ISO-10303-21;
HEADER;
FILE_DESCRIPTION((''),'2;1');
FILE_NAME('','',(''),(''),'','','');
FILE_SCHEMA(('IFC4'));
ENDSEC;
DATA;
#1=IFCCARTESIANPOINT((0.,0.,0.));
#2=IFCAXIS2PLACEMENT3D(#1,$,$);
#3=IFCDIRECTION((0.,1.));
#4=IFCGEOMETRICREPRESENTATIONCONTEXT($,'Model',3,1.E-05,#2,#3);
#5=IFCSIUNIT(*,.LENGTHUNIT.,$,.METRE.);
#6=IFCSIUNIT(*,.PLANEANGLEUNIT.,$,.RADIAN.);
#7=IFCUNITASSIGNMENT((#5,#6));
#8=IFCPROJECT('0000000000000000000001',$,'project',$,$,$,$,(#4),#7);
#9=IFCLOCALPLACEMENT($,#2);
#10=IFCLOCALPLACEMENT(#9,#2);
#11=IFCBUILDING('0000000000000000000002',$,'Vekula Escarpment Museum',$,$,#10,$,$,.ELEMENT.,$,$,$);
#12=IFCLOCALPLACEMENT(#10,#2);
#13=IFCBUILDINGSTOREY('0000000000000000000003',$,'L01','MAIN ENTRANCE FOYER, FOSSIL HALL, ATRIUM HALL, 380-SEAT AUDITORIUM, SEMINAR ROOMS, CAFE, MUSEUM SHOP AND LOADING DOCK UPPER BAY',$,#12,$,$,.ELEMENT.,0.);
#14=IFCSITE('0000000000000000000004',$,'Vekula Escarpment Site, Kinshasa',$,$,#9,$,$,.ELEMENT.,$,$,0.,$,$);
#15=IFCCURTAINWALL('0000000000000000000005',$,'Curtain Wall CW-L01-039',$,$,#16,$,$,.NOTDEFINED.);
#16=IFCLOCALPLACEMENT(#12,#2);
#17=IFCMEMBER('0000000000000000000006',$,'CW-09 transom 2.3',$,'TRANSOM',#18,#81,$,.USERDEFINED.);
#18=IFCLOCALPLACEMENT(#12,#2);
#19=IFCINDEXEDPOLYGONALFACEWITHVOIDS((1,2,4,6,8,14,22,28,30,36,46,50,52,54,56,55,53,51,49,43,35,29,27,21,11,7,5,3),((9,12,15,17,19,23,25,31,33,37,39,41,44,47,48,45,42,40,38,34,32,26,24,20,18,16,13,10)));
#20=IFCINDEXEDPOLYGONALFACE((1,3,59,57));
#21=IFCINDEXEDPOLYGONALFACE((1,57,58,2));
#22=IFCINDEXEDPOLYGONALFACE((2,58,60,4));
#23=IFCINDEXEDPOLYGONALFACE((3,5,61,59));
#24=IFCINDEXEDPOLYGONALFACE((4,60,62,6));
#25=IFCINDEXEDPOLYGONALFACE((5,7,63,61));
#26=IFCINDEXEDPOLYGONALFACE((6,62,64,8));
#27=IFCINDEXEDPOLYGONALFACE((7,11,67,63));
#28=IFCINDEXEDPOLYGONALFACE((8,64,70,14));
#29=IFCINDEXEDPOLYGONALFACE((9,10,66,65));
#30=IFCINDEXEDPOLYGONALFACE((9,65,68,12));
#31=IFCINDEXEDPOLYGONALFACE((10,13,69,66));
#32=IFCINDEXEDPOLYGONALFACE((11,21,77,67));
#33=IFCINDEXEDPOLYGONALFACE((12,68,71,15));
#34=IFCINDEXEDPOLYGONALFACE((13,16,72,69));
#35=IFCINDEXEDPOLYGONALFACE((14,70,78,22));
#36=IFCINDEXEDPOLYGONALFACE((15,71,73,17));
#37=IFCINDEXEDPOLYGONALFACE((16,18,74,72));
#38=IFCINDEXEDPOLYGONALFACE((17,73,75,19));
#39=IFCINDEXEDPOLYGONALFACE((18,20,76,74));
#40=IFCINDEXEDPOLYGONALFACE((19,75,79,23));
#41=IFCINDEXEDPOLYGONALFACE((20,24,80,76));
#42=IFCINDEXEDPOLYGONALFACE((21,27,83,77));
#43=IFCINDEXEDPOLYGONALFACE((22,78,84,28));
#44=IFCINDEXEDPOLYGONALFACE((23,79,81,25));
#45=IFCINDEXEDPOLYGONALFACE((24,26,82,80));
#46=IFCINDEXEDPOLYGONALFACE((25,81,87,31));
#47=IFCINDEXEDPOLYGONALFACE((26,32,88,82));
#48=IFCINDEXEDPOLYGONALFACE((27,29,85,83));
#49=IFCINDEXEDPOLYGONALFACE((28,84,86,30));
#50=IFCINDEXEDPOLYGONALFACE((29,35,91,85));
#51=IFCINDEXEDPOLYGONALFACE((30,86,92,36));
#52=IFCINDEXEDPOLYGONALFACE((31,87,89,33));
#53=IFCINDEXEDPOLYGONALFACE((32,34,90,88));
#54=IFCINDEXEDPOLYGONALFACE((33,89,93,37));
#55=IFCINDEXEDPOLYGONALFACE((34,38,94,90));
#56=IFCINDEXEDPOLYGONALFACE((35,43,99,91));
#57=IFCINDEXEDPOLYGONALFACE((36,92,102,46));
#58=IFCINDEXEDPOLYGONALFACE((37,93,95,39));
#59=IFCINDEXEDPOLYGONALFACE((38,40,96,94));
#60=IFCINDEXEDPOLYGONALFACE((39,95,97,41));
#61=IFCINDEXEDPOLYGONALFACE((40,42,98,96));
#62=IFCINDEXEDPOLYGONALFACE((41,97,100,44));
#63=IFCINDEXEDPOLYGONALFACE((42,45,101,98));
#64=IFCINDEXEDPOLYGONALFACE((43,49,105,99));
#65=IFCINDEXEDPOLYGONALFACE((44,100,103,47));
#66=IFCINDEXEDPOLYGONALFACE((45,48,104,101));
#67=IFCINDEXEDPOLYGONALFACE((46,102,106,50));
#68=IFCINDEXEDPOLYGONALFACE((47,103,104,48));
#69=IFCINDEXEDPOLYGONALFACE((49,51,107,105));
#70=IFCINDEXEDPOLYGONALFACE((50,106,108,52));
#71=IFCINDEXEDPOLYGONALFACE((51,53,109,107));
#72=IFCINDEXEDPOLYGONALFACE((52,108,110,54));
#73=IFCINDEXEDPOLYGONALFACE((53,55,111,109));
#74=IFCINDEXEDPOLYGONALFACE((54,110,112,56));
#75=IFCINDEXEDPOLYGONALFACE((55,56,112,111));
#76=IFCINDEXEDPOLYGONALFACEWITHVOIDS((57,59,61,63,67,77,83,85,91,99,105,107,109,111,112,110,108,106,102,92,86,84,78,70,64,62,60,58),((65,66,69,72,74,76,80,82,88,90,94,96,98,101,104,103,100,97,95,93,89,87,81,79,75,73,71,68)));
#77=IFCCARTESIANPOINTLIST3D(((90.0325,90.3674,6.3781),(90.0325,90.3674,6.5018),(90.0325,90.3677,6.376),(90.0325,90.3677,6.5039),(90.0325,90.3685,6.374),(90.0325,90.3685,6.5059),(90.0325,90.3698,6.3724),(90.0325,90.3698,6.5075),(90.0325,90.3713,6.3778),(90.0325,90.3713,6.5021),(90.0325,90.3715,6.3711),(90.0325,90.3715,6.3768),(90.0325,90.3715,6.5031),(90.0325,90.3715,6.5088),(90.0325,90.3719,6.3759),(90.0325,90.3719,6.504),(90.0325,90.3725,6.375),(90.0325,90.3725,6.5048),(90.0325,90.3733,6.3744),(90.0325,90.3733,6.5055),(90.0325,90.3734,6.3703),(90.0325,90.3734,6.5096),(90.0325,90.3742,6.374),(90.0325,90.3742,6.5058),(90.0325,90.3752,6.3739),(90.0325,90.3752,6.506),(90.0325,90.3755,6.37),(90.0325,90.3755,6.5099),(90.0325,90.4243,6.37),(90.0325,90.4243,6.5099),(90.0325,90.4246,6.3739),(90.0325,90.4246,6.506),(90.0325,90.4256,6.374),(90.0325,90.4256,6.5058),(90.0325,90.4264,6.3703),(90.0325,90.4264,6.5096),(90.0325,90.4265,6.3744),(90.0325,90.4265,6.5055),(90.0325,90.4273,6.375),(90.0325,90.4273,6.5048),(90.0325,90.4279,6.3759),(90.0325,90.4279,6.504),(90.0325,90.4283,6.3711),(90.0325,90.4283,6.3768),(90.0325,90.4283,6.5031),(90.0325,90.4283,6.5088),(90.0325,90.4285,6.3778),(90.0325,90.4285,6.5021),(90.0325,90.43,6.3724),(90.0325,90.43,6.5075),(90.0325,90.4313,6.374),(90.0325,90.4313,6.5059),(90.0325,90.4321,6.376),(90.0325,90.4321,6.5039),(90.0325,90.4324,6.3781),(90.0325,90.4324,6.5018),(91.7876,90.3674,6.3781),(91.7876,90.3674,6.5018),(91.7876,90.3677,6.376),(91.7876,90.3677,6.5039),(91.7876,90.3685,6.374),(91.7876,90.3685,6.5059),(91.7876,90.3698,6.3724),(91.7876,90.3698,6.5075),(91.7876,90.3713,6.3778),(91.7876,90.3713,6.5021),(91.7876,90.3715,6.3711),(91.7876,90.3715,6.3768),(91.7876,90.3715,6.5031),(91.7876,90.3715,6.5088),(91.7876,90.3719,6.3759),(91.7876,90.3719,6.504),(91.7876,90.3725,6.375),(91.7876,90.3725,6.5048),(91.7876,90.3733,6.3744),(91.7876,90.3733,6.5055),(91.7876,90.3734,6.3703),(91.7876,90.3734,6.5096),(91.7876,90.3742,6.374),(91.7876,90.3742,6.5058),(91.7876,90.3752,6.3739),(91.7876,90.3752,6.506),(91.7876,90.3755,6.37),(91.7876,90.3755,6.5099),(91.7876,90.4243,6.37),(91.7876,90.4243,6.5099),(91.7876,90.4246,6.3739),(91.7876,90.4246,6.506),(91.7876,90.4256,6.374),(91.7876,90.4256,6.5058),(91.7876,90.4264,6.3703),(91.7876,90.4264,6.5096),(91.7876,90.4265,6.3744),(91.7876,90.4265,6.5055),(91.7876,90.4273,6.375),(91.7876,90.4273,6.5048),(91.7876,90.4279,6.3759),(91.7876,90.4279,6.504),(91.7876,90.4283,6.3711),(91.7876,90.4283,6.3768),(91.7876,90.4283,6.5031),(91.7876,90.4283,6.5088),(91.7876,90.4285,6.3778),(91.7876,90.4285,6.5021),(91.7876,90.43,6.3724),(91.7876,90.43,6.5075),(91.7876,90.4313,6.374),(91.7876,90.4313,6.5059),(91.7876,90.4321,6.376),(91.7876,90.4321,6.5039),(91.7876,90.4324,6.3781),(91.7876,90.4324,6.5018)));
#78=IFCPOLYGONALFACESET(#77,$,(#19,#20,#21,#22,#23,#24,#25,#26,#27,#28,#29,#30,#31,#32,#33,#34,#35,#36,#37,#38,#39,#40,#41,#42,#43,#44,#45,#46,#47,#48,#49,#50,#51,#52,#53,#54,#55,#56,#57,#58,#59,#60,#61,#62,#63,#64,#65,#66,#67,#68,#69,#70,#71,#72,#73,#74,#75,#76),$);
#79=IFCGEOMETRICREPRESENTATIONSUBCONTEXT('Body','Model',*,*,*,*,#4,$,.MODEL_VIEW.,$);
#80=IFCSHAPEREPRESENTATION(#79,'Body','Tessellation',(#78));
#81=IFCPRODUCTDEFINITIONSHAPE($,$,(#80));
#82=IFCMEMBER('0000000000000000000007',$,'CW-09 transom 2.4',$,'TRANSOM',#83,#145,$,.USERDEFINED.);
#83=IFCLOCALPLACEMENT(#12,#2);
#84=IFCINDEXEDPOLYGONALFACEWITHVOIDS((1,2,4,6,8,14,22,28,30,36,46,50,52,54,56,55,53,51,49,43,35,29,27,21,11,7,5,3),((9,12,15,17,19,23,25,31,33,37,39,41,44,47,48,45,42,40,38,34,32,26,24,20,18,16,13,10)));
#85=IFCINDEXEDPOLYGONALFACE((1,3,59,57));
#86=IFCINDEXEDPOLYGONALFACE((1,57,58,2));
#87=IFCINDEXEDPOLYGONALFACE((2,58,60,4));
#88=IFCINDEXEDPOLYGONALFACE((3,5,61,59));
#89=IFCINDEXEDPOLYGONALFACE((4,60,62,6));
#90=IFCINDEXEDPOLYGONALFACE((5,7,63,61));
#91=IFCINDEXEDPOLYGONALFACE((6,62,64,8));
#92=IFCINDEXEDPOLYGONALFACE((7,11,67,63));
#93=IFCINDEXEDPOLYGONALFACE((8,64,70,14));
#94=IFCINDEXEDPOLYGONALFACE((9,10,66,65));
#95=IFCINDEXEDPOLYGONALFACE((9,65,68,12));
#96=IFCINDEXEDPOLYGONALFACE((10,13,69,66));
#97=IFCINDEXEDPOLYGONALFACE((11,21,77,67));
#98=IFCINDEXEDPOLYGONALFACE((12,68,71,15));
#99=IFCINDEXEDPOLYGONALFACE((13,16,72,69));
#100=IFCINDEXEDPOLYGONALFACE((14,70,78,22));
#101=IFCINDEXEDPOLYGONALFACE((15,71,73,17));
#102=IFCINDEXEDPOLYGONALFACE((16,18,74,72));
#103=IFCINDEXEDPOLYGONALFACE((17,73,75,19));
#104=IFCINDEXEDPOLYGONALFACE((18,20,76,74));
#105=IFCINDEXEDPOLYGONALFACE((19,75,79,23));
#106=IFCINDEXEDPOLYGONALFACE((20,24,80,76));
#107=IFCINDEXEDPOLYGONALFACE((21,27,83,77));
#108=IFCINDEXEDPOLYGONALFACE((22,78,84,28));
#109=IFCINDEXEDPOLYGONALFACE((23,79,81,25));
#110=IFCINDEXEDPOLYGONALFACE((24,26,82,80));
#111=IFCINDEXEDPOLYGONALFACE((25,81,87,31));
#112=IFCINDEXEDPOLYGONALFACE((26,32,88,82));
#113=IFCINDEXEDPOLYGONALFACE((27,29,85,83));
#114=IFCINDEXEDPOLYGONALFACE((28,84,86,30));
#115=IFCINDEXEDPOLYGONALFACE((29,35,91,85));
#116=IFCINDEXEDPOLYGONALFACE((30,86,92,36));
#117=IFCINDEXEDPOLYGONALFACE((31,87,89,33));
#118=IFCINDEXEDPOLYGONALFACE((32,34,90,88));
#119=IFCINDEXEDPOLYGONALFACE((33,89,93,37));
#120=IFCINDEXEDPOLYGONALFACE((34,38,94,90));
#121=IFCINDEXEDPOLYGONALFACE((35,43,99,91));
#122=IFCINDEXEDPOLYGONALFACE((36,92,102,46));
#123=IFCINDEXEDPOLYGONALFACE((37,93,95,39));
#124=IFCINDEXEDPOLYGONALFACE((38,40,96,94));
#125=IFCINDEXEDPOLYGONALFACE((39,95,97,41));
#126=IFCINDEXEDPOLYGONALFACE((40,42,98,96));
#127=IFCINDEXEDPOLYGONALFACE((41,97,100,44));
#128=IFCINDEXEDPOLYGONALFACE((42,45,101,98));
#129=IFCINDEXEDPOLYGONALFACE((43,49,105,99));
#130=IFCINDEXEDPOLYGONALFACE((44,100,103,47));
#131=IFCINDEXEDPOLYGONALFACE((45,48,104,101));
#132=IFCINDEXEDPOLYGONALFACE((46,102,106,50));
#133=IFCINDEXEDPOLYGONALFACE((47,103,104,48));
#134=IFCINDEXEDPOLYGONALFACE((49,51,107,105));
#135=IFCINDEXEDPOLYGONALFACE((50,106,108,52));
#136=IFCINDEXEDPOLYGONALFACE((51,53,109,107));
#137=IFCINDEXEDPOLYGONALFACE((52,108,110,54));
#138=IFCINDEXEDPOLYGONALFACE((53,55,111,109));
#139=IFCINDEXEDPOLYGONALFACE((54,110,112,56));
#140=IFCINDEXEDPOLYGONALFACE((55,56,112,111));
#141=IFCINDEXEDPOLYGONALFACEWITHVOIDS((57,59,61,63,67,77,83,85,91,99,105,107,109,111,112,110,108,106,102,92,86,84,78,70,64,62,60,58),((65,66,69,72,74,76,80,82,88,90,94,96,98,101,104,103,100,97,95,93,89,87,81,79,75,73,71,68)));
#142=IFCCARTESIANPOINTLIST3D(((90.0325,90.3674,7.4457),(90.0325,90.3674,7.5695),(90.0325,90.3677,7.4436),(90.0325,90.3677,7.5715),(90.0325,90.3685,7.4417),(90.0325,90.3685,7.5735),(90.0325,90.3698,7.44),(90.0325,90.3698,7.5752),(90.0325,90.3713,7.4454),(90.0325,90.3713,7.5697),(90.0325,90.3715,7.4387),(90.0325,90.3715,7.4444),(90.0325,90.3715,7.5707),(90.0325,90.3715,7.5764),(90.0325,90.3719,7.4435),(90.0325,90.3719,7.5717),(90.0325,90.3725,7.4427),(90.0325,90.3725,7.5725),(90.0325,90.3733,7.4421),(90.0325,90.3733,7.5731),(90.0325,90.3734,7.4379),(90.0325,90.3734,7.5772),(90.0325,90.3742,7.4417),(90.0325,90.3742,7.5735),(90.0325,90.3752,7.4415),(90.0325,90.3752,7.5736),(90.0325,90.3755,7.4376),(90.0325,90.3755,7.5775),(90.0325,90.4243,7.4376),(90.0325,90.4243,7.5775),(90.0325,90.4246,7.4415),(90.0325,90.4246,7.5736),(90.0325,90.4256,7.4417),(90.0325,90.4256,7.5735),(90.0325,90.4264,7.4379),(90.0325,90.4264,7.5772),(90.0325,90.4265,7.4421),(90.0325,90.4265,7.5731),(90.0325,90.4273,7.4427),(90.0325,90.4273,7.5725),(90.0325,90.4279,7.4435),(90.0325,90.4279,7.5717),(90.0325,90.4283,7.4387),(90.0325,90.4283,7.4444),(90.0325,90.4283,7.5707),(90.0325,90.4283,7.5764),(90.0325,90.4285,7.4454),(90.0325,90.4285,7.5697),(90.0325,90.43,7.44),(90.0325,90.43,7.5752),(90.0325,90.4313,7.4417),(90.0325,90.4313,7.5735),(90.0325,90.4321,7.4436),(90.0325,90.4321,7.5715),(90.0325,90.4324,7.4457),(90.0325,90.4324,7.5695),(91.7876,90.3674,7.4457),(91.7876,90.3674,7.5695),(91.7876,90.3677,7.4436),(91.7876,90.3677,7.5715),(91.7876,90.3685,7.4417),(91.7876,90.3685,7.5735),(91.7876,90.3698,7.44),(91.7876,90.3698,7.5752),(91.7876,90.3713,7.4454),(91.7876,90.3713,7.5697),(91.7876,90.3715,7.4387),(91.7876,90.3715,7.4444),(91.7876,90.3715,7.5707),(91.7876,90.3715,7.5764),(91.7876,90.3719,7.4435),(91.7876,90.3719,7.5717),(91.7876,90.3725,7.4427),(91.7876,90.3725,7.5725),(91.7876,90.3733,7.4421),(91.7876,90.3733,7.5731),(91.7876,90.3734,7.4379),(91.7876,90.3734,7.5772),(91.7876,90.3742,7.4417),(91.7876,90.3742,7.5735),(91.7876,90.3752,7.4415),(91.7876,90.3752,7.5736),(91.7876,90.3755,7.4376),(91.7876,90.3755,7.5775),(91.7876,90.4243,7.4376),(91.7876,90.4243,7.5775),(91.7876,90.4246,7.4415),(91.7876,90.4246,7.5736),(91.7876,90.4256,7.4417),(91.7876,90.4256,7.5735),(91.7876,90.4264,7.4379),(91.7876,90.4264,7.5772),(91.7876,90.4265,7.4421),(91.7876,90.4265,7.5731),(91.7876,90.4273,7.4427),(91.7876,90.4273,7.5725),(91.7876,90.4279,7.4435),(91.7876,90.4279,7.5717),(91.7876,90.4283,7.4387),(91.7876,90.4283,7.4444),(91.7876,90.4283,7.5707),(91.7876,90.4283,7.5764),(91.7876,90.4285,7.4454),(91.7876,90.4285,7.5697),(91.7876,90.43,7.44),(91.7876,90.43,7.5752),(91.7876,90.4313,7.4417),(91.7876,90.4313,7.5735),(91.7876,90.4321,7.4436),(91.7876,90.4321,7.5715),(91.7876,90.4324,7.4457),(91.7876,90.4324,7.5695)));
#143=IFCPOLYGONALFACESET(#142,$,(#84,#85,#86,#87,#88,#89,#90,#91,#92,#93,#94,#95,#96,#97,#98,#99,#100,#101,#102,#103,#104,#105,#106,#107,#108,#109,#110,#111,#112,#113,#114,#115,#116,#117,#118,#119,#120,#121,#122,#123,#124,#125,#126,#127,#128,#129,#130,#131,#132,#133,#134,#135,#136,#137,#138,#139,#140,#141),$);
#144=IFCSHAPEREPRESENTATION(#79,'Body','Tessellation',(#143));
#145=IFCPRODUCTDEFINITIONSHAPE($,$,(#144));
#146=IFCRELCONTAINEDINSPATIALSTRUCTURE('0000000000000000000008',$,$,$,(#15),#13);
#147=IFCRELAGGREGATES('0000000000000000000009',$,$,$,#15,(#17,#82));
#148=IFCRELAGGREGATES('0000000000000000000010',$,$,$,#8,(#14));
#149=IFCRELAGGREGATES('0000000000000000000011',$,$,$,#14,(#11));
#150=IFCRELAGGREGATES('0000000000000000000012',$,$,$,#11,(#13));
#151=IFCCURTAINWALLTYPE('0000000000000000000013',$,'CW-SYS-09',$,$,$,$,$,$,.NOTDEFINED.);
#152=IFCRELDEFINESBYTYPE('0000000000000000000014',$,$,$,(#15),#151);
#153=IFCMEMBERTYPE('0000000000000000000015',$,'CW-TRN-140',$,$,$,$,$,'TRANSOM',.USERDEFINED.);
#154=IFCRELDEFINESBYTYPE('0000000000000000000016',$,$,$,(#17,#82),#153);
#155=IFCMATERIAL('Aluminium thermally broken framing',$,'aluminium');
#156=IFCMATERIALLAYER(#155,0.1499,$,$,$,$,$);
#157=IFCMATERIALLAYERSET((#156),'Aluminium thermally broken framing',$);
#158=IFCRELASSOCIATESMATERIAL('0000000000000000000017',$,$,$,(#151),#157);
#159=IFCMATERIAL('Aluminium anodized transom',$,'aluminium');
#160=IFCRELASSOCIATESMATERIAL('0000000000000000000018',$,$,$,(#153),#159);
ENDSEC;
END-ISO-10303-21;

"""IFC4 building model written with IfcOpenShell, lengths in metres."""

from ifc_helpers import new_model, si_unit, direction, frame, origin, origin_2d, place, context, subcontext, project, spatial, hollow_rectangle, extrude, material, layer, layer_set, material_profile, profile_set, type_object, element, aggregate, save


model = new_model("IFC4")

# Units and contexts
model_context = context("Model", 3, precision=1e-05, world=origin(), true_north=direction((0.0, 1.0)))
body_context = subcontext(model_context, "Body", "Model", "MODEL_VIEW")
ifc_project = project(units=[si_unit("LENGTHUNIT", "METRE"), si_unit("PLANEANGLEUNIT", "RADIAN")], contexts=[model_context])

# Site, building, storey
site_placement = place(None, origin())
site = spatial("IfcSite", under=ifc_project, at=site_placement, Name="Vekula Escarpment Site, Kinshasa", CompositionType="ELEMENT", RefElevation=0.0)
building_placement = place(site_placement, origin())
building = spatial("IfcBuilding", under=site, at=building_placement, Name="Vekula Escarpment Museum", CompositionType="ELEMENT")
storey_placement = place(building_placement, origin())
storey = spatial("IfcBuildingStorey", under=building, at=storey_placement, Name="L01", Description="MAIN ENTRANCE FOYER, FOSSIL HALL, ATRIUM HALL, 380-SEAT AUDITORIUM, SEMINAR ROOMS, CAFE, MUSEUM SHOP AND LOADING DOCK UPPER BAY", CompositionType="ELEMENT", Elevation=0.0)

# Curtain wall, members
ifc_material_1 = material(Name="Aluminium thermally broken framing", Category="aluminium")
ifc_layer_1 = layer(ifc_material_1, 0.1499)
ifc_layer_set_1 = layer_set([ifc_layer_1], Name="Aluminium thermally broken framing")
curtain_wall_type_1 = type_object("IfcCurtainWallType", Name="CW-SYS-09", PredefinedType="NOTDEFINED", material=ifc_layer_set_1)
curtain_wall_1_placement = place(storey_placement, origin())
curtain_wall_1 = element("IfcCurtainWall", 1, at=curtain_wall_1_placement, inside=storey, type_object=curtain_wall_type_1, Name="Curtain Wall CW-L01-039", PredefinedType="NOTDEFINED")
ifc_material_2 = material(Name="Aluminium anodized transom", Category="aluminium")
ifc_material_profile_1 = material_profile(ifc_material_2, hollow_rectangle(XDim=0.0649, YDim=0.1399, WallThickness=0.0039, InnerFilletRadius=0.0039, OuterFilletRadius=0.0081, at=origin_2d()), Name="ALU 140x65x4")
ifc_profile_set_1 = profile_set([ifc_material_profile_1], Name="Aluminium anodized transom")
member_type_1 = type_object("IfcMemberType", Name="CW-TRN-140", ElementType="TRANSOM", PredefinedType="USERDEFINED", material=ifc_profile_set_1)
member_1_placement = place(storey_placement, frame((91.7876, 90.3999, 6.4399), z_axis=(-1.0, 0.0, 0.0), x_axis=(0.0, -1.0, 0.0)))
member_1 = element("IfcMember", 2, at=member_1_placement, type_object=member_type_1, Name="CW-09 transom 2.3", ObjectType="TRANSOM", PredefinedType="USERDEFINED", context=body_context, shape_type="SweptSolid", body=[
    extrude(hollow_rectangle(XDim=0.0649, YDim=0.1399, WallThickness=0.0039, InnerFilletRadius=0.0039, OuterFilletRadius=0.0081, at=origin_2d()), origin(), (0.0, 0.0, 1.0), 1.7551),
])
member_2_placement = place(storey_placement, frame((91.7876, 90.3999, 7.5076), z_axis=(-1.0, 0.0, 0.0), x_axis=(0.0, -1.0, 0.0)))
member_2 = element("IfcMember", 3, at=member_2_placement, type_object=member_type_1, Name="CW-09 transom 2.4", ObjectType="TRANSOM", PredefinedType="USERDEFINED", context=body_context, shape_type="SweptSolid", body=[
    extrude(hollow_rectangle(XDim=0.0649, YDim=0.1399, WallThickness=0.0039, InnerFilletRadius=0.0039, OuterFilletRadius=0.0081, at=origin_2d()), origin(), (0.0, 0.0, 1.0), 1.7551),
])

aggregate(curtain_wall_1, [member_1, member_2])

save(model, "model.ifc")
